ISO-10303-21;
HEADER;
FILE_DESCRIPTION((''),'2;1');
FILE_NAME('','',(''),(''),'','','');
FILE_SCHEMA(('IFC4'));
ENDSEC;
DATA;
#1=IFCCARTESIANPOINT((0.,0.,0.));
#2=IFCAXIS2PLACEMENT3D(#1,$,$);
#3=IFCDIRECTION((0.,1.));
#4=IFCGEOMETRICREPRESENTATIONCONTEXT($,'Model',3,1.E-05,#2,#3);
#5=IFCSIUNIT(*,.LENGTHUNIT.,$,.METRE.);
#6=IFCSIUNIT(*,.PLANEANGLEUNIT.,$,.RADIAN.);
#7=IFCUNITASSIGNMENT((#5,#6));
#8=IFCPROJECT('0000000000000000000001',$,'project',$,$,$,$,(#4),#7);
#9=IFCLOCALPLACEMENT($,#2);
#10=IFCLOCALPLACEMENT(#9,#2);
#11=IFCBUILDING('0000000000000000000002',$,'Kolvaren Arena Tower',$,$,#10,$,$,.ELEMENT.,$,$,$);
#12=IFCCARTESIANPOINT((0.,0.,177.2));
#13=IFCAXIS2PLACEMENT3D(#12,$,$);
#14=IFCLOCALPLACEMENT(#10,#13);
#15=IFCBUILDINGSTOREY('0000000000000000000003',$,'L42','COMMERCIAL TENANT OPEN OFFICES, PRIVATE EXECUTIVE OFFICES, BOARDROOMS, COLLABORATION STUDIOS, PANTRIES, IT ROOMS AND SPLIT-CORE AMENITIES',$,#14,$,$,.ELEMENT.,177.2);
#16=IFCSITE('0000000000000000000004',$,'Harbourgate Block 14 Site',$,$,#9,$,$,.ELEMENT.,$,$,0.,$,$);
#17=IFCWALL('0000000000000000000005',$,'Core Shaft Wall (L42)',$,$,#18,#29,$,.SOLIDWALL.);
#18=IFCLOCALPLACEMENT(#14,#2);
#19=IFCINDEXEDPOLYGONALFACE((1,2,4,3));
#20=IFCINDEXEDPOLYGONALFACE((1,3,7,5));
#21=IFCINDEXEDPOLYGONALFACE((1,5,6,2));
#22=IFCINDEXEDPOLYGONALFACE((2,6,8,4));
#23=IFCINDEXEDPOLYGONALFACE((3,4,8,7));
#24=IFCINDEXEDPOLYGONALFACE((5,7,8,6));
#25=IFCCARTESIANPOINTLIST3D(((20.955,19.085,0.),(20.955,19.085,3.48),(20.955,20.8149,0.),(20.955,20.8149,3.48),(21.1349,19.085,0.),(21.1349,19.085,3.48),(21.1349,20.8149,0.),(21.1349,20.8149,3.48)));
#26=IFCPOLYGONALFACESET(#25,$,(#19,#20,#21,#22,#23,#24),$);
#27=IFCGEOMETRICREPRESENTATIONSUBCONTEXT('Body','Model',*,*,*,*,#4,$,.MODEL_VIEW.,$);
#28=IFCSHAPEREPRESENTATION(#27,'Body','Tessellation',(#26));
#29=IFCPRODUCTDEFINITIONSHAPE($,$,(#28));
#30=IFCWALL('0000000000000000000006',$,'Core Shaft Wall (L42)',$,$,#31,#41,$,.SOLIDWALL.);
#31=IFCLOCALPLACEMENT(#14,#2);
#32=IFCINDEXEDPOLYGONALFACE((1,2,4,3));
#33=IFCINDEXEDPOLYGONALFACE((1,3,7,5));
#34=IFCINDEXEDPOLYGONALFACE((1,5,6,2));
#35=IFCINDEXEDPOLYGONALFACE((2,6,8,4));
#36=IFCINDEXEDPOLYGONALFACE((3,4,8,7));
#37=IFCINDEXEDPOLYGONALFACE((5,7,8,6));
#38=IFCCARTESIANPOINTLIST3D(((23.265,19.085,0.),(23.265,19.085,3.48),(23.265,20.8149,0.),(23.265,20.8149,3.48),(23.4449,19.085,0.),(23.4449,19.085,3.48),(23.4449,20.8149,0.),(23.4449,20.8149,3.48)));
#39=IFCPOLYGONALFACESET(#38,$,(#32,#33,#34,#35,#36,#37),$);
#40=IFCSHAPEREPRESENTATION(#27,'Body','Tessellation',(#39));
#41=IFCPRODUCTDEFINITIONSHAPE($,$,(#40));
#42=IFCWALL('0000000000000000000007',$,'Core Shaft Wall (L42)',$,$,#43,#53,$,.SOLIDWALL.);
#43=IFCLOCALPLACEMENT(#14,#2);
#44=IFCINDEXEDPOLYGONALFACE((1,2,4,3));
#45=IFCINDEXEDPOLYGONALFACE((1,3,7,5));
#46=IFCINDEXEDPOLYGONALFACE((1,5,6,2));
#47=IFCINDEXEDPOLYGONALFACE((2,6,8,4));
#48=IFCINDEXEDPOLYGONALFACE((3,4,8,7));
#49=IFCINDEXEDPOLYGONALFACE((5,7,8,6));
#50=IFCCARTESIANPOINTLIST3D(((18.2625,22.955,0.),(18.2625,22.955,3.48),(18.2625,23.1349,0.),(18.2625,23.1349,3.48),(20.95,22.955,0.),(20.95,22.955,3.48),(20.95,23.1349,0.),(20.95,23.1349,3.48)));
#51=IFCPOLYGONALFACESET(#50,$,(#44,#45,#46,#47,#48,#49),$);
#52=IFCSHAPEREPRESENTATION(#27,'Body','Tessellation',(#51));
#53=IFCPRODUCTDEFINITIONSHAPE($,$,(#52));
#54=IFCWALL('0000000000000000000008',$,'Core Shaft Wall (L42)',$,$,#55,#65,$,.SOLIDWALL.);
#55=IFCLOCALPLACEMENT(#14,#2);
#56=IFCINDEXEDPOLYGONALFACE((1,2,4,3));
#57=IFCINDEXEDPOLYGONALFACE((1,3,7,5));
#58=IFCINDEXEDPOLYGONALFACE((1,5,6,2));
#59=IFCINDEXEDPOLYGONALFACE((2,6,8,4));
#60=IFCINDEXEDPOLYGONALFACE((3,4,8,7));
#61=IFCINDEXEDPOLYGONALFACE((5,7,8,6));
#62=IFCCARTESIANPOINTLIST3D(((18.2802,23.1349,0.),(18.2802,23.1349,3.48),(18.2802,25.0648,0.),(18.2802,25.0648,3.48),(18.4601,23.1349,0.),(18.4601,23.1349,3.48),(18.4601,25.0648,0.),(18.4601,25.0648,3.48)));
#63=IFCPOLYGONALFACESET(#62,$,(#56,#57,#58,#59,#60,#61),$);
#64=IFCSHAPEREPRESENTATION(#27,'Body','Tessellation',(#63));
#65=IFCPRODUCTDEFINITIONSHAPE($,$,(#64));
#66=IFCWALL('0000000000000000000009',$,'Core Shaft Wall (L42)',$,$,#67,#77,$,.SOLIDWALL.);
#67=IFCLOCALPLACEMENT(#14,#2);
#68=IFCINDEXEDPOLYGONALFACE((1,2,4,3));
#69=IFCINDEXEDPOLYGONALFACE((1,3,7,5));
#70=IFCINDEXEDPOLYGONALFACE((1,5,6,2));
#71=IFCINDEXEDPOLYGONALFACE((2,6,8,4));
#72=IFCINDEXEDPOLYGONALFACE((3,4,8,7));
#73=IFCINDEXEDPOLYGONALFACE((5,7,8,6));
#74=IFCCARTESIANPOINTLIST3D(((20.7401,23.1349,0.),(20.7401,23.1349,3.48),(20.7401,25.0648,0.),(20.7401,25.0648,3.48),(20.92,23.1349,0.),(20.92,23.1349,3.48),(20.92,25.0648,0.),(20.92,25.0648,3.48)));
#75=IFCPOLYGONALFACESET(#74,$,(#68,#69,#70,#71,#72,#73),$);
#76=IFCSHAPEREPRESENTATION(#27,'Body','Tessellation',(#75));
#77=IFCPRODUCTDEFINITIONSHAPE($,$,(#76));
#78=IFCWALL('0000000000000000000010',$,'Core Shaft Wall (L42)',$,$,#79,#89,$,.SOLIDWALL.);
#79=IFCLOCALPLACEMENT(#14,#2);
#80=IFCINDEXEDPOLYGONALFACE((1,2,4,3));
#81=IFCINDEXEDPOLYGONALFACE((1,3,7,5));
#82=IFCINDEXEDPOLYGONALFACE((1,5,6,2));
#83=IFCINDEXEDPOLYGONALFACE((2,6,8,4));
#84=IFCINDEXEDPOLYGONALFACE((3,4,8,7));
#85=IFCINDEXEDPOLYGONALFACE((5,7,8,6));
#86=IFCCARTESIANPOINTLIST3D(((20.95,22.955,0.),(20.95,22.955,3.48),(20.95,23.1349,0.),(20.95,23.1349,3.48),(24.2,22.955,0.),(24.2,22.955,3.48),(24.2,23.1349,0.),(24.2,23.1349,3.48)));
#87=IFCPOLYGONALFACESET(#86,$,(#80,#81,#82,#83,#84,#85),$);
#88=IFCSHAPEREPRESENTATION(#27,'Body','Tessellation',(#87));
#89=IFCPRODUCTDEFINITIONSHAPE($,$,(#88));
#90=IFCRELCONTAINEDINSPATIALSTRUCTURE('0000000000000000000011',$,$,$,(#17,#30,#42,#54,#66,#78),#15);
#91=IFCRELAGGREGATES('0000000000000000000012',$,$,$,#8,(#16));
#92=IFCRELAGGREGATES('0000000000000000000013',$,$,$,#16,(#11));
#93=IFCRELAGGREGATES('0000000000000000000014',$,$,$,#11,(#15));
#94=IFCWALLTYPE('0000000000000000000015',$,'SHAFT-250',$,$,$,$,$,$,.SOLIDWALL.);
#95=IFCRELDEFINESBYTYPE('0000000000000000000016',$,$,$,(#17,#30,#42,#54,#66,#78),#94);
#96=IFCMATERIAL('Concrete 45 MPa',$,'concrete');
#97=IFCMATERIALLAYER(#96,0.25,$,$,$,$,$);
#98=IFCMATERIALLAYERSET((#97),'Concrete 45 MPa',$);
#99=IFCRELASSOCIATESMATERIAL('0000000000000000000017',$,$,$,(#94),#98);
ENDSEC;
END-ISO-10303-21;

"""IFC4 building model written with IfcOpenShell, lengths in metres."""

from ifc_helpers import new_model, si_unit, direction, frame, frame_2d, origin, place, context, subcontext, project, spatial, rectangle, extrude, material, layer, layer_set, type_object, element, save


model = new_model("IFC4")

# Units and contexts
model_context = context("Model", 3, precision=1e-05, world=origin(), true_north=direction((0.0, 1.0)))
body_context = subcontext(model_context, "Body", "Model", "MODEL_VIEW")
ifc_project = project(units=[si_unit("LENGTHUNIT", "METRE"), si_unit("PLANEANGLEUNIT", "RADIAN")], contexts=[model_context])

# Site, building, storey
site_placement = place(None, origin())
site = spatial("IfcSite", under=ifc_project, at=site_placement, Name="Harbourgate Block 14 Site", CompositionType="ELEMENT", RefElevation=0.0)
building_placement = place(site_placement, origin())
building = spatial("IfcBuilding", under=site, at=building_placement, Name="Kolvaren Arena Tower", CompositionType="ELEMENT")
storey_placement = place(building_placement, frame((0.0, 0.0, 177.2)))
storey = spatial("IfcBuildingStorey", under=building, at=storey_placement, Name="L42", Description="COMMERCIAL TENANT OPEN OFFICES, PRIVATE EXECUTIVE OFFICES, BOARDROOMS, COLLABORATION STUDIOS, PANTRIES, IT ROOMS AND SPLIT-CORE AMENITIES", CompositionType="ELEMENT", Elevation=177.2)

# Shared definitions
ifc_material_1 = material(Name="Concrete 45 MPa", Category="concrete")
ifc_layer_1 = layer(ifc_material_1, 0.25)
ifc_layer_set_1 = layer_set([ifc_layer_1], Name="Concrete 45 MPa")
wall_type_1 = type_object("IfcWallType", Name="SHAFT-250", PredefinedType="SOLIDWALL", material=ifc_layer_set_1)

# Walls
for number, where, z_axis, x_axis, name in (
    (1, (21.0449, 19.085, 0.0), (0.0, 0.0, 1.0), (0.0, 1.0, 0.0), "Core Shaft Wall (L42)"),
    (2, (23.355, 19.085, 0.0), (0.0, 0.0, 1.0), (0.0, 1.0, 0.0), "Core Shaft Wall (L42)"),
):
    element("IfcWall", number, at=place(storey_placement, frame(where, z_axis=z_axis, x_axis=x_axis)), inside=storey, type_object=wall_type_1, Name=name, PredefinedType="SOLIDWALL", context=body_context, shape_type="SweptSolid", body=[
        extrude(rectangle(XDim=1.73, YDim=0.1799, at=frame_2d((0.865, 0.0))), origin(), (0.0, 0.0, 1.0), 3.48),
    ])
wall_1_placement = place(storey_placement, frame((18.2625, 23.0449, 0.0), z_axis=(0.0, 0.0, 1.0), x_axis=(1.0, 0.0, 0.0)))
element("IfcWall", 3, at=wall_1_placement, inside=storey, type_object=wall_type_1, Name="Core Shaft Wall (L42)", PredefinedType="SOLIDWALL", context=body_context, shape_type="SweptSolid", body=[
    extrude(rectangle(XDim=2.6875, YDim=0.1799, at=frame_2d((1.3438, 0.0))), origin(), (0.0, 0.0, 1.0), 3.48),
])
for number, where, z_axis, x_axis, name in (
    (4, (18.3701, 23.135, 0.0), (0.0, 0.0, 1.0), (0.0, 1.0, 0.0), "Core Shaft Wall (L42)"),
    (5, (20.8301, 23.135, 0.0), (0.0, 0.0, 1.0), (0.0, 1.0, 0.0), "Core Shaft Wall (L42)"),
):
    element("IfcWall", number, at=place(storey_placement, frame(where, z_axis=z_axis, x_axis=x_axis)), inside=storey, type_object=wall_type_1, Name=name, PredefinedType="SOLIDWALL", context=body_context, shape_type="SweptSolid", body=[
        extrude(rectangle(XDim=1.9299, YDim=0.1799, at=frame_2d((0.9648, 0.0))), origin(), (0.0, 0.0, 1.0), 3.48),
    ])
wall_2_placement = place(storey_placement, frame((20.95, 23.0449, 0.0), z_axis=(0.0, 0.0, 1.0), x_axis=(1.0, 0.0, 0.0)))
element("IfcWall", 6, at=wall_2_placement, inside=storey, type_object=wall_type_1, Name="Core Shaft Wall (L42)", PredefinedType="SOLIDWALL", context=body_context, shape_type="SweptSolid", body=[
    extrude(rectangle(XDim=3.25, YDim=0.1799, at=frame_2d((1.625, 0.0))), origin(), (0.0, 0.0, 1.0), 3.48),
])

save(model, "model.ifc")
